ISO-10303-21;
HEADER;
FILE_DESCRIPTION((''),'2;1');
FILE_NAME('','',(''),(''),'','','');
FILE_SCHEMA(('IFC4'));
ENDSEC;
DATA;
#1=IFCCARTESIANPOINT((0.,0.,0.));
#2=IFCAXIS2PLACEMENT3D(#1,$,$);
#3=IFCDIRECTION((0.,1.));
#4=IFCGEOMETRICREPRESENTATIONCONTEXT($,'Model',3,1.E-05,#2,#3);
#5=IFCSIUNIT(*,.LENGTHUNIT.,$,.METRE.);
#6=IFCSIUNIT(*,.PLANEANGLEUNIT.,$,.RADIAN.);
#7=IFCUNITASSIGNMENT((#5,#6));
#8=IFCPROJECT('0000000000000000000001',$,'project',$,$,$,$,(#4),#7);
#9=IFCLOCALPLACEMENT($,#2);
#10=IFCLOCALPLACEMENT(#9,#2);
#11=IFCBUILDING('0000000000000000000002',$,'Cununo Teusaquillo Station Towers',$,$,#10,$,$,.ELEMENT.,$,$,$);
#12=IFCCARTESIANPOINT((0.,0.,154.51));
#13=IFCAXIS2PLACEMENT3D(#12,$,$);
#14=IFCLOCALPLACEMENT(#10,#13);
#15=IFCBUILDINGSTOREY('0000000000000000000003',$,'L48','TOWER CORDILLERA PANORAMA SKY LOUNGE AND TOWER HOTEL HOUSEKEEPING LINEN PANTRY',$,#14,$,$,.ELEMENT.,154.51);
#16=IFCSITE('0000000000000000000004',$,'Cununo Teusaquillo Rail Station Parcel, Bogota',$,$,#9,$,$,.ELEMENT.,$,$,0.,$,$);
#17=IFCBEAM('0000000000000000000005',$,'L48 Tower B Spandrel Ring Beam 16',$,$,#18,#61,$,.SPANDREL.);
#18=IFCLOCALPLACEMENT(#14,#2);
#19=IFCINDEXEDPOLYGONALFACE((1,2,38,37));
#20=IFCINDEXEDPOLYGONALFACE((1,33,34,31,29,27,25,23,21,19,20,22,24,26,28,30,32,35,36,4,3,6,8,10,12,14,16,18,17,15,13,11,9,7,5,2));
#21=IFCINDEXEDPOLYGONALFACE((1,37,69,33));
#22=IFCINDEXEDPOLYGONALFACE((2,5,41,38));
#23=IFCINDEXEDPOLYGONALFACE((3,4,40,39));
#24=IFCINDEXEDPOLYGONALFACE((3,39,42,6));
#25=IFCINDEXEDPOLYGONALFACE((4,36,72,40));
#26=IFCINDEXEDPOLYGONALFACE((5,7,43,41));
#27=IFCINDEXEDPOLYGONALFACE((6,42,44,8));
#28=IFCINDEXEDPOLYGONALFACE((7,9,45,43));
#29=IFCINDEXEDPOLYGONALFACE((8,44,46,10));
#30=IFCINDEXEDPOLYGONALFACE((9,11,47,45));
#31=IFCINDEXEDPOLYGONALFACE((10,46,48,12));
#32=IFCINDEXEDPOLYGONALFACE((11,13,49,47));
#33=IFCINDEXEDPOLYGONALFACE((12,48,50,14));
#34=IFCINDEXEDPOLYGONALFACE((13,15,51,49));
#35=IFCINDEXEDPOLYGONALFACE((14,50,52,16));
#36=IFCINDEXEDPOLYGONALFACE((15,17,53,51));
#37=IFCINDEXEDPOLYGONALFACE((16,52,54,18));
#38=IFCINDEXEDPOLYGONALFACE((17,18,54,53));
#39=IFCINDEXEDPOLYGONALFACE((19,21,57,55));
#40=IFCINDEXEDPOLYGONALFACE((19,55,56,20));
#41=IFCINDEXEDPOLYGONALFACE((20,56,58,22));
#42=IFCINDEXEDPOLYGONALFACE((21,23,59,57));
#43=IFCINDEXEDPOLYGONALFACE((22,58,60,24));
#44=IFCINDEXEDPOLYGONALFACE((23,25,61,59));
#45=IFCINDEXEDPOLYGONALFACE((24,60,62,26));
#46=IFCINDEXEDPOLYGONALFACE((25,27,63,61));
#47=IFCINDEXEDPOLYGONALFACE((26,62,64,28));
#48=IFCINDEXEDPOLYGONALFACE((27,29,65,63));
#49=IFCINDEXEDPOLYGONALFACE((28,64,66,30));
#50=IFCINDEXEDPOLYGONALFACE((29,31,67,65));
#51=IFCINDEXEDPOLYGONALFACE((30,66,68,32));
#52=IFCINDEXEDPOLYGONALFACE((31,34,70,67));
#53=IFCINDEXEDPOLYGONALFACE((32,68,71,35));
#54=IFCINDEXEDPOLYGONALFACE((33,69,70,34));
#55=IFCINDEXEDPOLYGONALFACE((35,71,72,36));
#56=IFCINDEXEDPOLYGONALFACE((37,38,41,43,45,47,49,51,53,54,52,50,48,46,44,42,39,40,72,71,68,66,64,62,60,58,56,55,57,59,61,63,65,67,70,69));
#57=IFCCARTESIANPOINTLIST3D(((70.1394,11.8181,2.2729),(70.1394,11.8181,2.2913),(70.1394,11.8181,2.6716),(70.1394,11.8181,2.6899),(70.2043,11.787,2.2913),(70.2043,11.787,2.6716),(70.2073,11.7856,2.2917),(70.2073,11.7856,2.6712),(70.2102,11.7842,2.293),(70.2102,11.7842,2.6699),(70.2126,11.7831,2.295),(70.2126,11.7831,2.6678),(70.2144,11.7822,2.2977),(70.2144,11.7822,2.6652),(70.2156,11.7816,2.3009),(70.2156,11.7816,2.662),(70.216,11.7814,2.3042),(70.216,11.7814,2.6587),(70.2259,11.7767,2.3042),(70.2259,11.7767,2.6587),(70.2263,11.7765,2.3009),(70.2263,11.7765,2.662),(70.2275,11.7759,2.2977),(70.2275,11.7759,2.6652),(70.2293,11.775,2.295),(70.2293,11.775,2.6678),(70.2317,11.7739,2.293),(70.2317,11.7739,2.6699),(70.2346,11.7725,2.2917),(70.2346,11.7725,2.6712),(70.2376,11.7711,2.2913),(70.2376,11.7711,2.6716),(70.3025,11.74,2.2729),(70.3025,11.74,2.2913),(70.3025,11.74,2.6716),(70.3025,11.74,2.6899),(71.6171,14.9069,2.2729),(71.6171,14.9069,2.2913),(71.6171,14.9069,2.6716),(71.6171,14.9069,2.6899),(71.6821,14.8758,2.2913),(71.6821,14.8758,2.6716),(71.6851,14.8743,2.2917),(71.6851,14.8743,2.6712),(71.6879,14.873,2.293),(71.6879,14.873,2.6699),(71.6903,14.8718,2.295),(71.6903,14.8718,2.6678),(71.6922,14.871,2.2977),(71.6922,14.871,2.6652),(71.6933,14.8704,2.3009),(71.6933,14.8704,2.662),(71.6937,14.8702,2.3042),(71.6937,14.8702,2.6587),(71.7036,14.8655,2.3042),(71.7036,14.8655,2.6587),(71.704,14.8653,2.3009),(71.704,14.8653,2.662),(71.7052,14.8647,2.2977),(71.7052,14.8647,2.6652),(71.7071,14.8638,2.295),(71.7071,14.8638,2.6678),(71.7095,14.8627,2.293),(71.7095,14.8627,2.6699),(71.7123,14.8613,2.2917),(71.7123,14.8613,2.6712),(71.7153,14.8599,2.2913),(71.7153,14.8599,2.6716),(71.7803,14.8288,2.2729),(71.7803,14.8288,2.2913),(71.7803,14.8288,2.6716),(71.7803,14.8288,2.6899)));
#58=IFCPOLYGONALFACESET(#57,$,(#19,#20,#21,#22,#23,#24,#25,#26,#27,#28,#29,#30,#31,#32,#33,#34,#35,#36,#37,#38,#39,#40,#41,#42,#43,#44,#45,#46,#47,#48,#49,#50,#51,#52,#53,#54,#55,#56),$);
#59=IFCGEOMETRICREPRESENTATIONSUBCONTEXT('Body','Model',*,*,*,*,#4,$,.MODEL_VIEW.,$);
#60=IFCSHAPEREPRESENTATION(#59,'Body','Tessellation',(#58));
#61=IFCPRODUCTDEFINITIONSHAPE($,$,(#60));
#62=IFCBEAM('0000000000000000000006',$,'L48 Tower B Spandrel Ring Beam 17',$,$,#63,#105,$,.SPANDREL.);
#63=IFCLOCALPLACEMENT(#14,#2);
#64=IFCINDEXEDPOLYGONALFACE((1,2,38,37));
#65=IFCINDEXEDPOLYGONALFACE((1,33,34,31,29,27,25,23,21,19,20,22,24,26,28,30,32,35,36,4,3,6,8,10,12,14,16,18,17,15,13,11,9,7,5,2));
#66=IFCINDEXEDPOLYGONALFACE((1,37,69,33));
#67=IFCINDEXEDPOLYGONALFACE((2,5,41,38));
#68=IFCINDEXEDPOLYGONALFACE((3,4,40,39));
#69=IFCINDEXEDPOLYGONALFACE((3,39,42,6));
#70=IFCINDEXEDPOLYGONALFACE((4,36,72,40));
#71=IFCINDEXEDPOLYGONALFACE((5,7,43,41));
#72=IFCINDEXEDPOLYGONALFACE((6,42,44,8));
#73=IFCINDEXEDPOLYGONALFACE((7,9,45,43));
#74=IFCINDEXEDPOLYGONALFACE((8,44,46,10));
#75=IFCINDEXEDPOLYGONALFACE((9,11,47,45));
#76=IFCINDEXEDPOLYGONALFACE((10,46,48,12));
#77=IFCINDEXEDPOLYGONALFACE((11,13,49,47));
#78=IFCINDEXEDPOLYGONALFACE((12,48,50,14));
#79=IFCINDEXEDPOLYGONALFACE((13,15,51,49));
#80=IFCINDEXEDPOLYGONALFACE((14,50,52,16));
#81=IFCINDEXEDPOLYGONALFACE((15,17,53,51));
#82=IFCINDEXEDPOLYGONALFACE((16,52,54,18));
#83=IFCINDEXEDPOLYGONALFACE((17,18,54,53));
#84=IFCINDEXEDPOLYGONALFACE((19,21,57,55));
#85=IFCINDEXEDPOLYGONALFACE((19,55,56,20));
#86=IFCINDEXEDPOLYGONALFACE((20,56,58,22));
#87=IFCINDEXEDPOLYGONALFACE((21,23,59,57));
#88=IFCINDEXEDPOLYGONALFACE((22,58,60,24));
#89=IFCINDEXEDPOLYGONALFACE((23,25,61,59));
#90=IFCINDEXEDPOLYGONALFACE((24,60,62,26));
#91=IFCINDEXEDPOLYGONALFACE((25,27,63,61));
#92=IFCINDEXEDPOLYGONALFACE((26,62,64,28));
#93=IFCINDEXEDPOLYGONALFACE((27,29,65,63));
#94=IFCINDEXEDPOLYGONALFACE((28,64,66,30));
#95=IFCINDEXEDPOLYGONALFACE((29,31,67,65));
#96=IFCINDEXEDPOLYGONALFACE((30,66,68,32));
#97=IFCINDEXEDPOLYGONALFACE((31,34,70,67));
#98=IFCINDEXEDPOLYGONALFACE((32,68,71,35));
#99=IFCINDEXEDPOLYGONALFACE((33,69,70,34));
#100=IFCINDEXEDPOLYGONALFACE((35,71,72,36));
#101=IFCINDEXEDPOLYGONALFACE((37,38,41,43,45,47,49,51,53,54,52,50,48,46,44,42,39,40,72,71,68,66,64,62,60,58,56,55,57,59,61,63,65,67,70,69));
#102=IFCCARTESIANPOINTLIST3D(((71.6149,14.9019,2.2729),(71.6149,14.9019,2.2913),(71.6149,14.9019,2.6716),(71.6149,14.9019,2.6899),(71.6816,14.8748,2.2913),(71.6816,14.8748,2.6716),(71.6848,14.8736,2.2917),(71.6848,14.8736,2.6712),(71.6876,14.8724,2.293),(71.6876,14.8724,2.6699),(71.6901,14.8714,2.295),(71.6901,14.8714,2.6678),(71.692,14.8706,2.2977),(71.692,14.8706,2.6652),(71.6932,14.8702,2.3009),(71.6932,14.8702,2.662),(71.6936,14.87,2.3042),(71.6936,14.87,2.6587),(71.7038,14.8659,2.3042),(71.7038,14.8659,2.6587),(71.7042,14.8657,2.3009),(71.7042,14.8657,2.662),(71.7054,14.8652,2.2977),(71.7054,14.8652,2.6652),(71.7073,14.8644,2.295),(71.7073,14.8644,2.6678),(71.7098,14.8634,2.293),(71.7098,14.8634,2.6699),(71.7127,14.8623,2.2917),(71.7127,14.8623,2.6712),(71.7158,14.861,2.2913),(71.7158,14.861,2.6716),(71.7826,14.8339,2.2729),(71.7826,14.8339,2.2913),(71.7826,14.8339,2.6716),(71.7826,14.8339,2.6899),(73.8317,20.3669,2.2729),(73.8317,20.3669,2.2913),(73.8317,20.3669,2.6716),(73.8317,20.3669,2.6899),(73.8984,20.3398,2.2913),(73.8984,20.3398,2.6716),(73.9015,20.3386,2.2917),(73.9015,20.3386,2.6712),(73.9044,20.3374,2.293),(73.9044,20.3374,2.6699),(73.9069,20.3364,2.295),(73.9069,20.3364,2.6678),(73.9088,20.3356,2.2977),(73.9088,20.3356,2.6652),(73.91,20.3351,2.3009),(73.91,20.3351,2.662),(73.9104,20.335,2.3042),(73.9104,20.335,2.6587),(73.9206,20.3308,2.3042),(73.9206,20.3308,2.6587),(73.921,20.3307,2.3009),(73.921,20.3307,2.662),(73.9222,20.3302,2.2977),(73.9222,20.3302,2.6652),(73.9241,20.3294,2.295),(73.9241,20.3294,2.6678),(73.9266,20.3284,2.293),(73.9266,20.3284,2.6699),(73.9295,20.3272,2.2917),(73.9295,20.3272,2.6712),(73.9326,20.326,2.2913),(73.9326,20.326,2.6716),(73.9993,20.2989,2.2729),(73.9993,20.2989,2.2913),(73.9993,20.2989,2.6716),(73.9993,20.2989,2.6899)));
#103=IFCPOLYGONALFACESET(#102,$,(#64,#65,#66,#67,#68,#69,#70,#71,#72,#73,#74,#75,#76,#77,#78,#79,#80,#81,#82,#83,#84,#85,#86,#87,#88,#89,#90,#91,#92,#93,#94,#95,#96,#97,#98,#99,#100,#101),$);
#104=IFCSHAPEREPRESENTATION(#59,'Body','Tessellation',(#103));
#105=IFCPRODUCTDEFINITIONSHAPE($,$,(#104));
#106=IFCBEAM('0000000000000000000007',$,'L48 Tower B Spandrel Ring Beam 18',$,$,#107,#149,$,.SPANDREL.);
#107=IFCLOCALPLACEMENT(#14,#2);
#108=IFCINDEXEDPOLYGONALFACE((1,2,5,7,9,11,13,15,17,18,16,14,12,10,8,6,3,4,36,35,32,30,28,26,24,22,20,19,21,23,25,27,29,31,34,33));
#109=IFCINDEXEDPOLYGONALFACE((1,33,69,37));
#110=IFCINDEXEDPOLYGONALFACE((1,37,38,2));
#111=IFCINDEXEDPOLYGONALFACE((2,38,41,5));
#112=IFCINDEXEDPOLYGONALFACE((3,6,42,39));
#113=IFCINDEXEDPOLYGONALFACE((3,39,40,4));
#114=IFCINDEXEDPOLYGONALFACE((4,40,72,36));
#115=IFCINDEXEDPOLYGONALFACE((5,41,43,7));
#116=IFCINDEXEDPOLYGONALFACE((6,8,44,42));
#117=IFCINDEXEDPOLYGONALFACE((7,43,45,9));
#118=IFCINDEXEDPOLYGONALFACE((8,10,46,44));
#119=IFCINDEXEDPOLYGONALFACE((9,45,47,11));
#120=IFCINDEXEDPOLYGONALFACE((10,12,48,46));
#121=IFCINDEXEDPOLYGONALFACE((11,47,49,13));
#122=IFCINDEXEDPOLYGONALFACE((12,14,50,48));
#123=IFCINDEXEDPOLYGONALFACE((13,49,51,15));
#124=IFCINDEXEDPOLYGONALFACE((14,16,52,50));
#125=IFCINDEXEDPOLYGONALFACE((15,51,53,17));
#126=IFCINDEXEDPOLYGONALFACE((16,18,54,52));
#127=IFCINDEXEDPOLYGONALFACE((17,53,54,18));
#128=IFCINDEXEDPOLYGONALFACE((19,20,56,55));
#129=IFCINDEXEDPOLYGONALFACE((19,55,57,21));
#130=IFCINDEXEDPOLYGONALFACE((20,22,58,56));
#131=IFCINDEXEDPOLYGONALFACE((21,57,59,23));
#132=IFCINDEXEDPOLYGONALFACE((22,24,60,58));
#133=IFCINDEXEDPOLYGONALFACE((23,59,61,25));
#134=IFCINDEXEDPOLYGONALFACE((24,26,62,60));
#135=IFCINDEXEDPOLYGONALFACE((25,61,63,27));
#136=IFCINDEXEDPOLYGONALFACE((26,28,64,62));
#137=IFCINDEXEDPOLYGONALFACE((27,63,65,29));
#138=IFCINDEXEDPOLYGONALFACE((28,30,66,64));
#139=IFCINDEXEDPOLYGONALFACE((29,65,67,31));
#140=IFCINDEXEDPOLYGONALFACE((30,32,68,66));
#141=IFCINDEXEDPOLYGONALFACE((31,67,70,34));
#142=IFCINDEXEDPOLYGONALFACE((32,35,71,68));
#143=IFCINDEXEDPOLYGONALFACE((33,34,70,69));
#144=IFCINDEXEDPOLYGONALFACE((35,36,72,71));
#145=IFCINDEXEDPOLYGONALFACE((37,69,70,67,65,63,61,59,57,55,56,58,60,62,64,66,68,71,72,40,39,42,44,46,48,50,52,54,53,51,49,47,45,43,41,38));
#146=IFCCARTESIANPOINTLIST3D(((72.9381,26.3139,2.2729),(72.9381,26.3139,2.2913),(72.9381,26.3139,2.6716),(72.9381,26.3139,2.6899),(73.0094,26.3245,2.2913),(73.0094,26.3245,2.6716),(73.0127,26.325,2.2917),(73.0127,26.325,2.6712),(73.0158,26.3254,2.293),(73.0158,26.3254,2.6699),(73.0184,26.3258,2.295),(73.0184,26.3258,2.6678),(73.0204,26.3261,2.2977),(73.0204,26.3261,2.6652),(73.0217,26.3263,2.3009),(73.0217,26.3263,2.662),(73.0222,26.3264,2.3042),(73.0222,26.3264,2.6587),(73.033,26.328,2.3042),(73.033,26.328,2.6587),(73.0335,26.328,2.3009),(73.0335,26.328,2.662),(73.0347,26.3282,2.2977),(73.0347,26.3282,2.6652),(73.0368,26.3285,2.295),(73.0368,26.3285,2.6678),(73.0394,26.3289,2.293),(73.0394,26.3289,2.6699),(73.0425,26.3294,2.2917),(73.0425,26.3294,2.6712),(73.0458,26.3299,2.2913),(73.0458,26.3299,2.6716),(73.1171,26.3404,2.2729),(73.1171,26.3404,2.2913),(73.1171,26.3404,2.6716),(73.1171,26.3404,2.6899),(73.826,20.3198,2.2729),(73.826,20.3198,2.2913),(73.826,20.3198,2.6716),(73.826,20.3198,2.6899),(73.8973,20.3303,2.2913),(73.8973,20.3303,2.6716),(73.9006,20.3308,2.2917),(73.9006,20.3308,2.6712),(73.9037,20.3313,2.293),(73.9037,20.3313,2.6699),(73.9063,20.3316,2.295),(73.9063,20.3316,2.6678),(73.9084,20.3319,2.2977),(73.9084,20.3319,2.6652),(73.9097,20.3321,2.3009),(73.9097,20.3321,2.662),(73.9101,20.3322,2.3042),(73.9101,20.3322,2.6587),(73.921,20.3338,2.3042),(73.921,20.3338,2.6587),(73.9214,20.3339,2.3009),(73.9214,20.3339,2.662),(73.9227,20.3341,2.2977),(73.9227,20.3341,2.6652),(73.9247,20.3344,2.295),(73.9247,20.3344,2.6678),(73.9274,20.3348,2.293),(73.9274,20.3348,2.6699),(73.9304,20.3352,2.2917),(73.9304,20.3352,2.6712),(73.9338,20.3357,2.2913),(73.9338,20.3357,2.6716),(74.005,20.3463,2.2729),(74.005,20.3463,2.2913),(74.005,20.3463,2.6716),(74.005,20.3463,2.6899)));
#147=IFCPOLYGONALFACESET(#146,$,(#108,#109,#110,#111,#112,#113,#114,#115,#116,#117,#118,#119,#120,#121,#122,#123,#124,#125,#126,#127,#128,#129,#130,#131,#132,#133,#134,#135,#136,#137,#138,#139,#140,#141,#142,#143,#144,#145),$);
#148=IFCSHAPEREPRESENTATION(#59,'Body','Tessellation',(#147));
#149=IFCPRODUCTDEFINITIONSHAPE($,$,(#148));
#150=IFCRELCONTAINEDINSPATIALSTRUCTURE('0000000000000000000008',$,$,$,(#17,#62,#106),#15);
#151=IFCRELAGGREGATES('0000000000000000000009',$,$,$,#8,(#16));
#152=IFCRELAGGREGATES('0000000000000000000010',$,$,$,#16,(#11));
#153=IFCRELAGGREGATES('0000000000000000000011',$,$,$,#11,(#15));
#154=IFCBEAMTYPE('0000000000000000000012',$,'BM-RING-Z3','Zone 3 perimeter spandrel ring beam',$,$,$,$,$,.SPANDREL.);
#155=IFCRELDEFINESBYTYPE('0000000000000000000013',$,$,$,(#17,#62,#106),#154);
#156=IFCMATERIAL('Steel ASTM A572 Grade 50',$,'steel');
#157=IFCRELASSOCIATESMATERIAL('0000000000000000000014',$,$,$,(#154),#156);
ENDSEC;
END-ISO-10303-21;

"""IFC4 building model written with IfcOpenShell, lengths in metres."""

from ifc_helpers import new_model, si_unit, direction, frame, origin, origin_2d, place, context, subcontext, project, spatial, i_section, extrude, material, material_profile, profile_set, type_object, element, save


model = new_model("IFC4")

# Units and contexts
model_context = context("Model", 3, precision=1e-05, world=origin(), true_north=direction((0.0, 1.0)))
body_context = subcontext(model_context, "Body", "Model", "MODEL_VIEW")
ifc_project = project(units=[si_unit("LENGTHUNIT", "METRE"), si_unit("PLANEANGLEUNIT", "RADIAN")], contexts=[model_context])

# Site, building, storey
site_placement = place(None, origin())
site = spatial("IfcSite", under=ifc_project, at=site_placement, Name="Cununo Teusaquillo Rail Station Parcel, Bogota", CompositionType="ELEMENT", RefElevation=0.0)
building_placement = place(site_placement, origin())
building = spatial("IfcBuilding", under=site, at=building_placement, Name="Cununo Teusaquillo Station Towers", CompositionType="ELEMENT")
storey_placement = place(building_placement, frame((0.0, 0.0, 154.51)))
storey = spatial("IfcBuildingStorey", under=building, at=storey_placement, Name="L48", Description="TOWER CORDILLERA PANORAMA SKY LOUNGE AND TOWER HOTEL HOUSEKEEPING LINEN PANTRY", CompositionType="ELEMENT", Elevation=154.51)

# Beams
ifc_material_1 = material(Name="Steel ASTM A572 Grade 50", Category="steel")
ifc_material_profile_1 = material_profile(ifc_material_1, i_section(OverallWidth=0.1809, OverallDepth=0.417, WebThickness=0.011, FlangeThickness=0.0183, FilletRadius=0.0129, at=origin_2d()), Name="W16X57")
ifc_profile_set_1 = profile_set([ifc_material_profile_1], Name="Steel ASTM A572 Grade 50")
beam_type_1 = type_object("IfcBeamType", Name="BM-RING-Z3", Description="Zone 3 perimeter spandrel ring beam", PredefinedType="SPANDREL", material=ifc_profile_set_1)
for number, where, z_axis, x_axis, name in (
    (1, (70.2209, 11.7791, 2.4814), (0.431574, 0.902078, 0.0), (-0.902078, 0.431574, 0.0), "L48 Tower B Spandrel Ring Beam 16"),
):
    element("IfcBeam", number, at=place(storey_placement, frame(where, z_axis=z_axis, x_axis=x_axis)), inside=storey, type_object=beam_type_1, Name=name, PredefinedType="SPANDREL", context=body_context, shape_type="SweptSolid", body=[
        extrude(i_section(OverallWidth=0.1809, OverallDepth=0.417, WebThickness=0.011, FlangeThickness=0.0183, FilletRadius=0.0129, at=origin_2d()), origin(), (0.0, 0.0, 1.0), 3.4241),
    ])
beam_1_placement = place(storey_placement, frame((71.6987, 14.8679, 2.4814), z_axis=(0.375883, 0.926667, 0.0), x_axis=(-0.926667, 0.375883, 0.0)))
element("IfcBeam", 2, at=beam_1_placement, inside=storey, type_object=beam_type_1, Name="L48 Tower B Spandrel Ring Beam 17", PredefinedType="SPANDREL", context=body_context, shape_type="SweptSolid", body=[
    extrude(i_section(OverallWidth=0.1809, OverallDepth=0.417, WebThickness=0.011, FlangeThickness=0.0183, FilletRadius=0.0129, at=origin_2d()), origin(), (0.0, 0.0, 1.0), 5.8975),
])
beam_2_placement = place(storey_placement, frame((73.9155, 20.333, 2.4814), z_axis=(-0.146536, 0.989205, 0.0), x_axis=(-0.989205, -0.146536, 0.0)))
element("IfcBeam", 3, at=beam_2_placement, inside=storey, type_object=beam_type_1, Name="L48 Tower B Spandrel Ring Beam 18", PredefinedType="SPANDREL", context=body_context, shape_type="SweptSolid", body=[
    extrude(i_section(OverallWidth=0.1809, OverallDepth=0.417, WebThickness=0.011, FlangeThickness=0.0183, FilletRadius=0.0129, at=origin_2d()), origin(), (0.0, 0.0, 1.0), 6.0596),
])

save(model, "model.ifc")
